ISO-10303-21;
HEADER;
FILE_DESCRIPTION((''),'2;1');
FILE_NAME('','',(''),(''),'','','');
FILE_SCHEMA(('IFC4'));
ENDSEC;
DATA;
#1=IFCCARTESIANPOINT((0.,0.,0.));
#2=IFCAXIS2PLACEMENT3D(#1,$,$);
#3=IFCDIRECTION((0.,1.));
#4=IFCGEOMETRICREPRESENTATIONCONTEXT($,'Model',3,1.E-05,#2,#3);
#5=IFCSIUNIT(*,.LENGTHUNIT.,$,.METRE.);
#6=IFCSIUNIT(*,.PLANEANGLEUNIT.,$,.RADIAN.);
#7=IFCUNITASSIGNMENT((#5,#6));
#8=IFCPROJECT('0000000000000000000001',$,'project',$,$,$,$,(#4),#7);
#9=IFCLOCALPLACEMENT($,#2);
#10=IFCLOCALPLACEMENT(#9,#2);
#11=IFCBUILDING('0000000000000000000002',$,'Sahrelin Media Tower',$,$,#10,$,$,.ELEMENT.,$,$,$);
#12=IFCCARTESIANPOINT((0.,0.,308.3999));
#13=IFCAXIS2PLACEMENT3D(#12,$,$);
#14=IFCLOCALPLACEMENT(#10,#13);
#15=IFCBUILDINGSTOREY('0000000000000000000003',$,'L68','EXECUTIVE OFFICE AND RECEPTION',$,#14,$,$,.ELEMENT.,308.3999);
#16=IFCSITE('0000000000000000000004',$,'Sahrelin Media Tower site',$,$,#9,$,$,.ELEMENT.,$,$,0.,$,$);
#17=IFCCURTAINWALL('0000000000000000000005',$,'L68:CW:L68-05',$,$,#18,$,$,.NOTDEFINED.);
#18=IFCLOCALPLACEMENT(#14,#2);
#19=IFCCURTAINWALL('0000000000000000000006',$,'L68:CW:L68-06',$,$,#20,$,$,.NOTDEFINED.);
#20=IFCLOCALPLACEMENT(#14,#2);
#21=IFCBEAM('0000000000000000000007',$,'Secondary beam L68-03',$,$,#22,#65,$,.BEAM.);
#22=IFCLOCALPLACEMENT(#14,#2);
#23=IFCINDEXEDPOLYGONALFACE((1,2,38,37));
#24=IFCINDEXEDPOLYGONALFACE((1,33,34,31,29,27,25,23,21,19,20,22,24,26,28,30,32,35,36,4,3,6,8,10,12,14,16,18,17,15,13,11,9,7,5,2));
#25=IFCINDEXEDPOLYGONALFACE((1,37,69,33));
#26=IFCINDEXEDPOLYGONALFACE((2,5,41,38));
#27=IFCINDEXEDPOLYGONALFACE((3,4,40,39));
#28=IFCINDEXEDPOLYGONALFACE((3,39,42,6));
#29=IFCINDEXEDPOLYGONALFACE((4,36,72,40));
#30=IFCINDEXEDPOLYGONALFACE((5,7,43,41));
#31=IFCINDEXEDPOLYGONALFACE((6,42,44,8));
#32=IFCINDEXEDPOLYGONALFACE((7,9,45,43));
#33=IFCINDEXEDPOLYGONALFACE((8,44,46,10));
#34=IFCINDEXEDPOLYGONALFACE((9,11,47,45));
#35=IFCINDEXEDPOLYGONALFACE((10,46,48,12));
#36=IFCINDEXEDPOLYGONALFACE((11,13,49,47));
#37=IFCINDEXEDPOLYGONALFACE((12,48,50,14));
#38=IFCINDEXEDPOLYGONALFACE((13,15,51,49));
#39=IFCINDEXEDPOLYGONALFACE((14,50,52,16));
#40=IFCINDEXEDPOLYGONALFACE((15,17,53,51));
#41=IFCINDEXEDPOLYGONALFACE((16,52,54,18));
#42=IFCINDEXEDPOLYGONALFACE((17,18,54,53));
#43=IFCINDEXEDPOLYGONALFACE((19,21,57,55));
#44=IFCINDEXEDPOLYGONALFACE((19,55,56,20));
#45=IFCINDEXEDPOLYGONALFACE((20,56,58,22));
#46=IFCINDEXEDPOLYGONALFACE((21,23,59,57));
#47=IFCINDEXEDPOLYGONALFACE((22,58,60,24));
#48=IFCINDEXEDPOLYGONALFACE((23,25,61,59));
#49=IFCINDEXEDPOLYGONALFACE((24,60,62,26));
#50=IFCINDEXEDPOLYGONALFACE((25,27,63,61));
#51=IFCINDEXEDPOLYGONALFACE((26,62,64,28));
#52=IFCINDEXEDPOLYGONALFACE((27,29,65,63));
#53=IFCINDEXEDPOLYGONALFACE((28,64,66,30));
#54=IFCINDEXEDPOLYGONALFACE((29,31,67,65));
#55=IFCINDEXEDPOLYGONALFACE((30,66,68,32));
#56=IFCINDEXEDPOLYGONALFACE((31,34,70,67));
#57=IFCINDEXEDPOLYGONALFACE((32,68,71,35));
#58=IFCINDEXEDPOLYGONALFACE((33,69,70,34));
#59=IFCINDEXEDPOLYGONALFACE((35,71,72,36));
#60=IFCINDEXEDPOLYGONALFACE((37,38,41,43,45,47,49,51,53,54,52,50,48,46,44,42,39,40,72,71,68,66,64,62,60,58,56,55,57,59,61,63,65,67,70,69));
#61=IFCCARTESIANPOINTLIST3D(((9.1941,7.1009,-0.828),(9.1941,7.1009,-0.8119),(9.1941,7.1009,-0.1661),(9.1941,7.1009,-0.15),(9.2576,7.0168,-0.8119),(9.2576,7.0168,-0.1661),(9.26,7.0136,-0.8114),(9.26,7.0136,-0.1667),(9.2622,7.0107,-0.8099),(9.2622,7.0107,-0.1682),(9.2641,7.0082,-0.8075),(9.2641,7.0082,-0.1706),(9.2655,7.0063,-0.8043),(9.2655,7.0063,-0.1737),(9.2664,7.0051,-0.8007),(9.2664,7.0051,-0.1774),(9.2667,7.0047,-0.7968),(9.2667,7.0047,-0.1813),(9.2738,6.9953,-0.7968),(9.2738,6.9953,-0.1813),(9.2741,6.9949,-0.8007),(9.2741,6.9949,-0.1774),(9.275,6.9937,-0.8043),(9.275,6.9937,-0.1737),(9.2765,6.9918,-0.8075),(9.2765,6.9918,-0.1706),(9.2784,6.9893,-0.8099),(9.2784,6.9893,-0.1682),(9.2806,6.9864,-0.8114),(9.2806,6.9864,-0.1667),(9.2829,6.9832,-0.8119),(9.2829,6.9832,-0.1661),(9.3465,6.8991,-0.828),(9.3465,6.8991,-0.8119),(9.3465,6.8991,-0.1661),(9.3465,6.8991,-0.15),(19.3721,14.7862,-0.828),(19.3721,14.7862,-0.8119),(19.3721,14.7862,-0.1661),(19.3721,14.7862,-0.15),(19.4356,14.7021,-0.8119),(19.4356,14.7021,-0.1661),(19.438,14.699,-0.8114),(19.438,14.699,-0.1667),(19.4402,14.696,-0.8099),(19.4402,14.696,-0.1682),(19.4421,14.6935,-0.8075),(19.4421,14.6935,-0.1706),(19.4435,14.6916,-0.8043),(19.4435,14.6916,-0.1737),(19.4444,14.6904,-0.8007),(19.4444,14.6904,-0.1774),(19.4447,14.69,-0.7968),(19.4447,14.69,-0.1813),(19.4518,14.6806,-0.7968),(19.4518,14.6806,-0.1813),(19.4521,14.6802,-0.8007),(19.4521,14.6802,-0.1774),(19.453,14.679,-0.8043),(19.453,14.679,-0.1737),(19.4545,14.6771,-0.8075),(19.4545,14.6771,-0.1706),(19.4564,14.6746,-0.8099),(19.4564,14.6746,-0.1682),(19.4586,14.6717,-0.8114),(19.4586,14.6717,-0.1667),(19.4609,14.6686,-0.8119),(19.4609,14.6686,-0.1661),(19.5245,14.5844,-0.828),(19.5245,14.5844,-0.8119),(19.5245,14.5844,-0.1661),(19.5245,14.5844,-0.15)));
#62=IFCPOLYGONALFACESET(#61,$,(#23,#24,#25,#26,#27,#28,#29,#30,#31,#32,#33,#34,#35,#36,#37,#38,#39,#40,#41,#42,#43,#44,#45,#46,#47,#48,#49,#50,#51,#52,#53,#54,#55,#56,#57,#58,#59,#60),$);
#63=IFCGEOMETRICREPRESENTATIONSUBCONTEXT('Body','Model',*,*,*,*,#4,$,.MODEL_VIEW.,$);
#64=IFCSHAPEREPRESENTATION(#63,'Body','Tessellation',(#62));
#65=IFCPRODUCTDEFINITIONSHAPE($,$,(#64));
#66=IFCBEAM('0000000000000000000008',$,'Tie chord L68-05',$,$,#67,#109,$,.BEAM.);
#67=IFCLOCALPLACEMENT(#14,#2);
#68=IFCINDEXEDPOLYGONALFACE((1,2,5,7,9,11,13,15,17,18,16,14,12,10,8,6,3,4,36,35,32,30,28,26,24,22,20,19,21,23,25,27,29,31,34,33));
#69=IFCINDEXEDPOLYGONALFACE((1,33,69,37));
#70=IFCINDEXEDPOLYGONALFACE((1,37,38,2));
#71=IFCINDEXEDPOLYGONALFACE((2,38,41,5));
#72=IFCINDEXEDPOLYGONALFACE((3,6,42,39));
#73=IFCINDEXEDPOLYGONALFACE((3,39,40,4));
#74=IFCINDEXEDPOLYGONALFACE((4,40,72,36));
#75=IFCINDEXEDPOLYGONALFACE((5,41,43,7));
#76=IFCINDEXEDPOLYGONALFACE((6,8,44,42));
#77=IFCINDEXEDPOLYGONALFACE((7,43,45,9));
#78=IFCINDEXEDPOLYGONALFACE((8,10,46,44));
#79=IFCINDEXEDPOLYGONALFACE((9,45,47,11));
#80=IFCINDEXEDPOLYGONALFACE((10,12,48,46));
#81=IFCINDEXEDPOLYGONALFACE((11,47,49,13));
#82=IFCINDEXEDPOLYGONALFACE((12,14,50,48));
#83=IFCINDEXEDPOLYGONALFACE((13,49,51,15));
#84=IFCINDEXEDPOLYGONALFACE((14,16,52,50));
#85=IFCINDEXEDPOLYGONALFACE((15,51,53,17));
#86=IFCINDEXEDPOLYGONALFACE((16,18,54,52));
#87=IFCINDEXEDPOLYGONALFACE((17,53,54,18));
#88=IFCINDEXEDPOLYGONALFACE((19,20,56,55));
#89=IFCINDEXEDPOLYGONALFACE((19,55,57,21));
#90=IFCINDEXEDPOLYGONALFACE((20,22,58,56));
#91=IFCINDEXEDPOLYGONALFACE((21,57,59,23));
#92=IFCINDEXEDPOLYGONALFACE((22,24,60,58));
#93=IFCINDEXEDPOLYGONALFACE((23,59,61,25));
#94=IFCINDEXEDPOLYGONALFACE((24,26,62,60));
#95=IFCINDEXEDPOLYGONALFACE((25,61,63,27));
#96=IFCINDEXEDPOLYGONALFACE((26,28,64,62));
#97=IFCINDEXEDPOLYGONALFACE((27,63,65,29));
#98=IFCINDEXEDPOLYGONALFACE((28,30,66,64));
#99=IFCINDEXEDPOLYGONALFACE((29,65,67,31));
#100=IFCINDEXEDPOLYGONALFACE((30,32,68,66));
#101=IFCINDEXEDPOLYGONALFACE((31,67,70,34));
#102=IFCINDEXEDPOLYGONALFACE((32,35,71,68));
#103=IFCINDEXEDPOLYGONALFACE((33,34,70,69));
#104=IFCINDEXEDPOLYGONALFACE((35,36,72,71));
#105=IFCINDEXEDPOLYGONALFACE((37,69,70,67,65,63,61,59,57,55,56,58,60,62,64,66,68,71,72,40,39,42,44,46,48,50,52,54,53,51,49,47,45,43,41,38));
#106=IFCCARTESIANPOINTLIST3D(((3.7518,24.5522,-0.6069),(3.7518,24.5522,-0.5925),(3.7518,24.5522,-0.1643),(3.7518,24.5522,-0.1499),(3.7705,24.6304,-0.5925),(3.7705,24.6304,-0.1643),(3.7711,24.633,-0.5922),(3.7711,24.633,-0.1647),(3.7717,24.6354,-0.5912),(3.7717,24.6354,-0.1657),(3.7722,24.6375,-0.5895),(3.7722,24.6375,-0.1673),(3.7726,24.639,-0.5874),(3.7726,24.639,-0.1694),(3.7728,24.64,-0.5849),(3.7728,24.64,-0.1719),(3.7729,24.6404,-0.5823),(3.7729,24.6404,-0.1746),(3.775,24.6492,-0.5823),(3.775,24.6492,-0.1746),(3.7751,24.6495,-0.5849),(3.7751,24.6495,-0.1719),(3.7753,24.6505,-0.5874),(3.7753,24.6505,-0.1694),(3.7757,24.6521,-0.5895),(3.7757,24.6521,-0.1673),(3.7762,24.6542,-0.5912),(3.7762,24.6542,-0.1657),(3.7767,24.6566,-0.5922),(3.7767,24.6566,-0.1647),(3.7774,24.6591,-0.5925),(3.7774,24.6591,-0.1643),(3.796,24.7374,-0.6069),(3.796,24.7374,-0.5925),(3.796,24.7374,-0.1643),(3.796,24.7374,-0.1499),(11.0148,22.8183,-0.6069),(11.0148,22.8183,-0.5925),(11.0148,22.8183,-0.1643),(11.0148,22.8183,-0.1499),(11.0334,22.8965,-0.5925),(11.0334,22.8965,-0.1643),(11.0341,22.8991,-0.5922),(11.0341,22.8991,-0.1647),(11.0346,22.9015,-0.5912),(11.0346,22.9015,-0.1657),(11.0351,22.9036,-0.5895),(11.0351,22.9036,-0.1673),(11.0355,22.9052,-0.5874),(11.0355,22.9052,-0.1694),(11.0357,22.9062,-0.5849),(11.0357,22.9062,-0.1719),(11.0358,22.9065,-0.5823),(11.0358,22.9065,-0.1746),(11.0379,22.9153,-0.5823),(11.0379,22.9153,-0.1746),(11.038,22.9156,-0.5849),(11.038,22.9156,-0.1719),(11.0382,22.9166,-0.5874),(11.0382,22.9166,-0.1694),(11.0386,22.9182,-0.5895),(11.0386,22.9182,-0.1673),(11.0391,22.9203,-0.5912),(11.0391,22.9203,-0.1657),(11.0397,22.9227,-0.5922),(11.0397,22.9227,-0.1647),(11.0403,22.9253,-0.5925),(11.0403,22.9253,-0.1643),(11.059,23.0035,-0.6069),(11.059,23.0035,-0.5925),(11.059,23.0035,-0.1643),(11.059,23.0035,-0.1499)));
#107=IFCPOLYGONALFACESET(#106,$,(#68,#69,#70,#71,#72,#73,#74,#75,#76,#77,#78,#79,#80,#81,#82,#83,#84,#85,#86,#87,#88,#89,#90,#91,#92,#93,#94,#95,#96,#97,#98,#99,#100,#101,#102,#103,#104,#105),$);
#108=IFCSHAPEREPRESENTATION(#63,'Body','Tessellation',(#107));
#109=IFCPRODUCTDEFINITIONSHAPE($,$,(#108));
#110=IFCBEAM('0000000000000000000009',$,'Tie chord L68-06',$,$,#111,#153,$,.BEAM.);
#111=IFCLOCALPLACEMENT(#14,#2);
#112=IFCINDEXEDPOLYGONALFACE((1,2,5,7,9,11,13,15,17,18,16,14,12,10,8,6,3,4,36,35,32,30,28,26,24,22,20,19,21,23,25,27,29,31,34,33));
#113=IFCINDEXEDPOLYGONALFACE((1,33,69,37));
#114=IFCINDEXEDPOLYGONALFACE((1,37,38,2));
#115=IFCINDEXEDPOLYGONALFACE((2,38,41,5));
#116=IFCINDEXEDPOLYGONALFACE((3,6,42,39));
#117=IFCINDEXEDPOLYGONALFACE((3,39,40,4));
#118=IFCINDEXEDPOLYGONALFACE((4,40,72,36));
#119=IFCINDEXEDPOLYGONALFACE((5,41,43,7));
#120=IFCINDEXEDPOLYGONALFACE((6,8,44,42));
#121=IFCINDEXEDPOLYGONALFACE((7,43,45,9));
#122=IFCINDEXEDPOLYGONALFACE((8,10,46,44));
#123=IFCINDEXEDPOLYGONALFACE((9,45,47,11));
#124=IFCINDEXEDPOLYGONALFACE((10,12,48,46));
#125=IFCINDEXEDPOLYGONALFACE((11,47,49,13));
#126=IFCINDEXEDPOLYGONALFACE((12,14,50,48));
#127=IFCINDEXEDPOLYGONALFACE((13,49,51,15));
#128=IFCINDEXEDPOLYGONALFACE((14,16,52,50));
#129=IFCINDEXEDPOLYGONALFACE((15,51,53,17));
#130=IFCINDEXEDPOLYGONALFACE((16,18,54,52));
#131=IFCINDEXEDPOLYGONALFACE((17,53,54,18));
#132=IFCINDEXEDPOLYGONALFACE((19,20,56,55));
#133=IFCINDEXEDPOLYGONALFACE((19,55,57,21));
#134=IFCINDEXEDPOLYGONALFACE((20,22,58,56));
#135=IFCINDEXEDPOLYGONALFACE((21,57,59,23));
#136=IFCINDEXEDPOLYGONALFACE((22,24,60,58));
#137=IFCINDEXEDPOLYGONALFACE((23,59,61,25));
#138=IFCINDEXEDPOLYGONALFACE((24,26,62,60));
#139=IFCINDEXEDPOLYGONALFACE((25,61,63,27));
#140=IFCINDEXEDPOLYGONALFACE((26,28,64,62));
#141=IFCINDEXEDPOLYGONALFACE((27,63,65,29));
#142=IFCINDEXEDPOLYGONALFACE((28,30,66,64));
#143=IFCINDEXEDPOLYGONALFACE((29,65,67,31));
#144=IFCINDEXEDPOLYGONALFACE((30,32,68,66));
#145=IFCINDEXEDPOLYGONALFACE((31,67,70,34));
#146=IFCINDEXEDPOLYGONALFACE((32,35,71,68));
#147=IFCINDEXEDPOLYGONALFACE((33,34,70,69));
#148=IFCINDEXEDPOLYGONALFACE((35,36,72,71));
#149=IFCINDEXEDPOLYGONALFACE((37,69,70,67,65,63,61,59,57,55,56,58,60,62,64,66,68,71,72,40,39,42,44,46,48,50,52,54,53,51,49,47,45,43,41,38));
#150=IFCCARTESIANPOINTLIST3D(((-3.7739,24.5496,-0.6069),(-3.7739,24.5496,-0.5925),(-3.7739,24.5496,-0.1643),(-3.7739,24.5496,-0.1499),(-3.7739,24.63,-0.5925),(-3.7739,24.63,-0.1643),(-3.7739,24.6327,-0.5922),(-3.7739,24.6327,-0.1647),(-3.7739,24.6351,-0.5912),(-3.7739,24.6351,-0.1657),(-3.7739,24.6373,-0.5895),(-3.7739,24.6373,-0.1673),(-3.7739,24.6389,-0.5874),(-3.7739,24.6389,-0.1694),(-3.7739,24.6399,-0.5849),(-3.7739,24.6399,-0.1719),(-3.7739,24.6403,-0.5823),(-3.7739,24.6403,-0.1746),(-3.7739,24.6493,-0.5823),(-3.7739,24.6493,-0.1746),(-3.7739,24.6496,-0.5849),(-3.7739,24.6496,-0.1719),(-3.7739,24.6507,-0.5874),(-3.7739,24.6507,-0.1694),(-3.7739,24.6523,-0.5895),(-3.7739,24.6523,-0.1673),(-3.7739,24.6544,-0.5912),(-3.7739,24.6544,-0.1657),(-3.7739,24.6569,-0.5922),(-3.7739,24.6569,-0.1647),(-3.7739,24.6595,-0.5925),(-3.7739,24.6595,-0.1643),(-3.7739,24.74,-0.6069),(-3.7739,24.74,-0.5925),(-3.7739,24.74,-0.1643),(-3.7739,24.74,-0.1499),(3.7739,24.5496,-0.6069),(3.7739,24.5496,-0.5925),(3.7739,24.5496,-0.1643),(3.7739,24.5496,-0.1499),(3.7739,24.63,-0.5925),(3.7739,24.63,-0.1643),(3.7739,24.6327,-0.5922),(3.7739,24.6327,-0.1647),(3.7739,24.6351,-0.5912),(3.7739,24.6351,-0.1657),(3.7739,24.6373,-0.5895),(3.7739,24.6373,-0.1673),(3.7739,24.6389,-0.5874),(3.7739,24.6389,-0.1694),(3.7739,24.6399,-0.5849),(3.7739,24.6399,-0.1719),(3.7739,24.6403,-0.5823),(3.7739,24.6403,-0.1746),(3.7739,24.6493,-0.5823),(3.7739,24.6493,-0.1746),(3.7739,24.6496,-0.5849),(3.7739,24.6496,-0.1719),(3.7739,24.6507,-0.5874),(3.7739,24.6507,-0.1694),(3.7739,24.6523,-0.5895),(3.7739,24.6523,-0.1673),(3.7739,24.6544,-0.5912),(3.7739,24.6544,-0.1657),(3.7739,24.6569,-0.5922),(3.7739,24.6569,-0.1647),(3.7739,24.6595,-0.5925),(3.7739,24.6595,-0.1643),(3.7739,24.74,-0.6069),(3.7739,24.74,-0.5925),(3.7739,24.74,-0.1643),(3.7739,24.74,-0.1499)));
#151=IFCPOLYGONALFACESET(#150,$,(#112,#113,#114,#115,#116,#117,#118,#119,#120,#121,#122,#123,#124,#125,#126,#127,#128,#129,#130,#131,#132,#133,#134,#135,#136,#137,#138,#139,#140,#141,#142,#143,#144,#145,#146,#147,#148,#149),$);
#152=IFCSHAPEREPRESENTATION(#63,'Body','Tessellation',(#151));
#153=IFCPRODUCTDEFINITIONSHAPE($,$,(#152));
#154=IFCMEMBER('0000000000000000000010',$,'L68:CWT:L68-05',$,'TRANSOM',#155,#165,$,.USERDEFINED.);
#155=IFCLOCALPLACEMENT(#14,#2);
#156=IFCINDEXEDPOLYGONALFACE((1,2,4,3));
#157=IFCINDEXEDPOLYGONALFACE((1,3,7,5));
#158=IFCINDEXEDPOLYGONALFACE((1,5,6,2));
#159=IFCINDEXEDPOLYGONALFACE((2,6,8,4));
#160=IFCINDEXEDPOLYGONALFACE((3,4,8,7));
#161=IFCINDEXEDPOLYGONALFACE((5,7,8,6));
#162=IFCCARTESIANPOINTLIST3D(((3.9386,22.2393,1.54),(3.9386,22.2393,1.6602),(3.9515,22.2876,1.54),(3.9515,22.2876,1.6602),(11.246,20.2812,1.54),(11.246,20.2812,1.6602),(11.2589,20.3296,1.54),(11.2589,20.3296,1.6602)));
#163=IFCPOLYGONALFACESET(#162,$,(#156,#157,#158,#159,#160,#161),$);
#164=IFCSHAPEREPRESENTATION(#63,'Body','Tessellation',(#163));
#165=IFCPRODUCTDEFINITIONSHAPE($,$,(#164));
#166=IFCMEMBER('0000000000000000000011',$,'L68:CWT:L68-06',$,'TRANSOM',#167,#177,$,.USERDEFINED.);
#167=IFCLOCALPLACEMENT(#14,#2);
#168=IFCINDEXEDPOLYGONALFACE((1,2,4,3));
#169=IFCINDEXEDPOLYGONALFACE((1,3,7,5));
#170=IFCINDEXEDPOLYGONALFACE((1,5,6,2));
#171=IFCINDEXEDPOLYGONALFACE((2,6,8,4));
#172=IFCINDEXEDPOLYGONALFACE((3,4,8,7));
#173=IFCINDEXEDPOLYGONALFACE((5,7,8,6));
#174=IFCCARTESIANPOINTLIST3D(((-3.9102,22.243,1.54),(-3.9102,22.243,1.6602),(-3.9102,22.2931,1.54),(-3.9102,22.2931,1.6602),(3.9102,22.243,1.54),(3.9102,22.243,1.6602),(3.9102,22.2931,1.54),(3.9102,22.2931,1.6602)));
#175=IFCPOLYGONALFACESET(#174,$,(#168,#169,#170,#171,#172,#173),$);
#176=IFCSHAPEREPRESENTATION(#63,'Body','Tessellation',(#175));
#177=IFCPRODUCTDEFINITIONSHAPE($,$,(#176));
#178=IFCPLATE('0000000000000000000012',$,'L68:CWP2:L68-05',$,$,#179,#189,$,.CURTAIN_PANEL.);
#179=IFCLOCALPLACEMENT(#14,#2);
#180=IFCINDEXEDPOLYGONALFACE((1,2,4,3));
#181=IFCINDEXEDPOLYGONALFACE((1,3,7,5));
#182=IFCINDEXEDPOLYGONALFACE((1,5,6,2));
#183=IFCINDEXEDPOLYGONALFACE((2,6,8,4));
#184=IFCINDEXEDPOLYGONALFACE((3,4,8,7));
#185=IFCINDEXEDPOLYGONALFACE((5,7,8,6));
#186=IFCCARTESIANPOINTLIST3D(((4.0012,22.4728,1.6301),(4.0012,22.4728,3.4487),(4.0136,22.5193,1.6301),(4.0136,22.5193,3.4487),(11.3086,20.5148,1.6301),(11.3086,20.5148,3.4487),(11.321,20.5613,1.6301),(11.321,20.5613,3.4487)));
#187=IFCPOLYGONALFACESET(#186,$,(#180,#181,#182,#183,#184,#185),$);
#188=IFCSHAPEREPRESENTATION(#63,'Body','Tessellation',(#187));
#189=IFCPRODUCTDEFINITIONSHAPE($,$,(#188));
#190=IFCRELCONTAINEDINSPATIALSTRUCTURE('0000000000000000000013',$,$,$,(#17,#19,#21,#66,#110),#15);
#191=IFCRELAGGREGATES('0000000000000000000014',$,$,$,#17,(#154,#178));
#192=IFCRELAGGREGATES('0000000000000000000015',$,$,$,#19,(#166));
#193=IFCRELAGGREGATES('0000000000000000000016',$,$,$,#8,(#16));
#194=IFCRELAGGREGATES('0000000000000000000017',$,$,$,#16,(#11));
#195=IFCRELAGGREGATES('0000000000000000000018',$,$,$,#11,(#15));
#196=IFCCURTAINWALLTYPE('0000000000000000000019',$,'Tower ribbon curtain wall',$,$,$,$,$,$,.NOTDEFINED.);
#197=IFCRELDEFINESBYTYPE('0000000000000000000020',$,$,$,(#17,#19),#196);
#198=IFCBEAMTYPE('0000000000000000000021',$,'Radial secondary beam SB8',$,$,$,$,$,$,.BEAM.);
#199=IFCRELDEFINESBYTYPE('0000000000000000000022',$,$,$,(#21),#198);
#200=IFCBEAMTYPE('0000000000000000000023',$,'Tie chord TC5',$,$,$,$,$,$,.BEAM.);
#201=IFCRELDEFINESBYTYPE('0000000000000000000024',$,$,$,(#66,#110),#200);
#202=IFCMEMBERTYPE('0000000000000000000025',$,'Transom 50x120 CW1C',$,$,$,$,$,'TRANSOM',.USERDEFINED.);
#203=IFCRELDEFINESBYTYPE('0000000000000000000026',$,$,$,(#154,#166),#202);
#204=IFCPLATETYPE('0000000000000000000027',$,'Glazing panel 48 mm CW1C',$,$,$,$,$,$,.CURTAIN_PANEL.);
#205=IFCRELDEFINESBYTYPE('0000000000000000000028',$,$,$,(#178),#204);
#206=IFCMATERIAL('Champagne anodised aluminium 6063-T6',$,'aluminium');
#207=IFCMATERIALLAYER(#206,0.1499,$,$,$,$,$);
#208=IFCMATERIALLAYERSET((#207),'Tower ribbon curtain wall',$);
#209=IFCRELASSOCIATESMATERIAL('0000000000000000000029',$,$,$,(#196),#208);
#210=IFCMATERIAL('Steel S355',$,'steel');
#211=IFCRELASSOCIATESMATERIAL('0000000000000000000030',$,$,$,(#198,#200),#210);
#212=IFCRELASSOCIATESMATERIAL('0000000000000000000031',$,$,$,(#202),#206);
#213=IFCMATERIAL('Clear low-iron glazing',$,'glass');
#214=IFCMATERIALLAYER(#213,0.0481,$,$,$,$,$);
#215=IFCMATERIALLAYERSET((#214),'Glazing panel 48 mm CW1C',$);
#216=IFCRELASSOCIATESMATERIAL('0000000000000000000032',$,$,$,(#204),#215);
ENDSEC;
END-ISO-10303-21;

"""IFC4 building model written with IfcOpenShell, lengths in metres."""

from ifc_helpers import new_model, si_unit, direction, frame, origin, origin_2d, place, context, subcontext, project, spatial, polyline, rectangle, i_section, outline, extrude, material, layer, layer_set, material_profile, profile_set, type_object, element, aggregate, save


model = new_model("IFC4")

# Units and contexts
model_context = context("Model", 3, precision=1e-05, world=origin(), true_north=direction((0.0, 1.0)))
body_context = subcontext(model_context, "Body", "Model", "MODEL_VIEW")
ifc_project = project(units=[si_unit("LENGTHUNIT", "METRE"), si_unit("PLANEANGLEUNIT", "RADIAN")], contexts=[model_context])

# Site, building, storey
site_placement = place(None, origin())
site = spatial("IfcSite", under=ifc_project, at=site_placement, Name="Sahrelin Media Tower site", CompositionType="ELEMENT", RefElevation=0.0)
building_placement = place(site_placement, origin())
building = spatial("IfcBuilding", under=site, at=building_placement, Name="Sahrelin Media Tower", CompositionType="ELEMENT")
storey_placement = place(building_placement, frame((0.0, 0.0, 308.3999)))
storey = spatial("IfcBuildingStorey", under=building, at=storey_placement, Name="L68", Description="EXECUTIVE OFFICE AND RECEPTION", CompositionType="ELEMENT", Elevation=308.3999)

# Shared definitions
ifc_material_1 = material(Name="Steel S355", Category="steel")

# Curtain walls
ifc_material_2 = material(Name="Champagne anodised aluminium 6063-T6", Category="aluminium")
ifc_layer_1 = layer(ifc_material_2, 0.1499)
ifc_layer_set_1 = layer_set([ifc_layer_1], Name="Tower ribbon curtain wall")
curtain_wall_type = type_object("IfcCurtainWallType", Name="Tower ribbon curtain wall", PredefinedType="NOTDEFINED", material=ifc_layer_set_1)
curtain_wall_1_placement = place(storey_placement, frame((7.6621, 21.521, 0.0), z_axis=(0.0, 0.0, 1.0), x_axis=(1.0, 0.0, 0.0)))
curtain_wall_1 = element("IfcCurtainWall", 1, at=curtain_wall_1_placement, inside=storey, type_object=curtain_wall_type, Name="L68:CW:L68-05", PredefinedType="NOTDEFINED")
placement_1 = place(storey_placement, frame((0.0, 22.5129, 0.0), z_axis=(0.0, 0.0, 1.0), x_axis=(1.0, 0.0, 0.0)))
curtain_wall_2 = element("IfcCurtainWall", 2, at=placement_1, inside=storey, type_object=curtain_wall_type, Name="L68:CW:L68-06", PredefinedType="NOTDEFINED")

# Beams
ifc_material_profile_1 = material_profile(ifc_material_1, i_section(OverallWidth=0.2529, OverallDepth=0.678, WebThickness=0.0117, FlangeThickness=0.0161, FilletRadius=0.0151, at=origin_2d()), Name="UB 686x254x125")
ifc_profile_set_1 = profile_set([ifc_material_profile_1], Name="Steel S355")
beam_type_1 = type_object("IfcBeamType", Name="Radial secondary beam SB8", PredefinedType="BEAM", material=ifc_profile_set_1)
beam_1_placement = place(storey_placement, frame((9.2703, 7.0, -0.489), z_axis=(0.798046, 0.602597, 0.0), x_axis=(-0.602597, 0.798046, 0.0)))
element("IfcBeam", 3, at=beam_1_placement, inside=storey, type_object=beam_type_1, Name="Secondary beam L68-03", PredefinedType="BEAM", context=body_context, shape_type="SweptSolid", body=[
    extrude(i_section(OverallWidth=0.2529, OverallDepth=0.678, WebThickness=0.0117, FlangeThickness=0.0161, FilletRadius=0.0151, at=origin_2d()), origin(), (0.0, 0.0, 1.0), 12.7537),
])
ifc_material_profile_2 = material_profile(ifc_material_1, i_section(OverallWidth=0.1904, OverallDepth=0.457, WebThickness=0.009, FlangeThickness=0.0144, FilletRadius=0.0103, at=origin_2d()), Name="UB 457x191x74")
ifc_profile_set_2 = profile_set([ifc_material_profile_2], Name="Steel S355")
beam_type_2 = type_object("IfcBeamType", Name="Tie chord TC5", PredefinedType="BEAM", material=ifc_profile_set_2)
beam_2_placement = place(storey_placement, frame((11.0369, 22.9109, -0.3784), z_axis=(-0.972667, 0.232205, 0.0), x_axis=(-0.232205, -0.972667, 0.0)))
element("IfcBeam", 4, at=beam_2_placement, inside=storey, type_object=beam_type_2, Name="Tie chord L68-05", PredefinedType="BEAM", context=body_context, shape_type="SweptSolid", body=[
    extrude(i_section(OverallWidth=0.1904, OverallDepth=0.457, WebThickness=0.009, FlangeThickness=0.0144, FilletRadius=0.0103, at=origin_2d()), origin(), (0.0, 0.0, 1.0), 7.467),
])
beam_3_placement = place(storey_placement, frame((3.7739, 24.6448, -0.3784), z_axis=(-1.0, 0.0, 0.0), x_axis=(0.0, -1.0, 0.0)))
element("IfcBeam", 5, at=beam_3_placement, inside=storey, type_object=beam_type_2, Name="Tie chord L68-06", PredefinedType="BEAM", context=body_context, shape_type="SweptSolid", body=[
    extrude(i_section(OverallWidth=0.1904, OverallDepth=0.457, WebThickness=0.009, FlangeThickness=0.0144, FilletRadius=0.0103, at=origin_2d()), origin(), (0.0, 0.0, 1.0), 7.5479),
])

# Members
ifc_material_profile_3 = material_profile(ifc_material_2, rectangle(XDim=0.05, YDim=0.1201, at=origin_2d()), Name="Transom 50x120")
ifc_profile_set_3 = profile_set([ifc_material_profile_3], Name="Champagne anodised aluminium 6063-T6")
member_type_1 = type_object("IfcMemberType", Name="Transom 50x120 CW1C", ElementType="TRANSOM", PredefinedType="USERDEFINED", material=ifc_profile_set_3)
member_1_placement = place(storey_placement, frame((11.2524, 20.3054, 1.6001), z_axis=(-0.965926, 0.258819, 0.0), x_axis=(-0.258819, -0.965926, 0.0)))
member_1 = element("IfcMember", 6, at=member_1_placement, type_object=member_type_1, Name="L68:CWT:L68-05", ObjectType="TRANSOM", PredefinedType="USERDEFINED", context=body_context, shape_type="SweptSolid", body=[
    extrude(rectangle(XDim=0.05, YDim=0.1201, at=origin_2d()), origin(), (0.0, 0.0, 1.0), 7.5652),
])
member_2_placement = place(storey_placement, frame((3.9102, 22.2681, 1.6001), z_axis=(-1.0, 0.0, 0.0), x_axis=(0.0, -1.0, 0.0)))
member_2 = element("IfcMember", 7, at=member_2_placement, type_object=member_type_1, Name="L68:CWT:L68-06", ObjectType="TRANSOM", PredefinedType="USERDEFINED", context=body_context, shape_type="SweptSolid", body=[
    extrude(rectangle(XDim=0.05, YDim=0.1201, at=origin_2d()), origin(), (0.0, 0.0, 1.0), 7.8203),
])

# Plate
ifc_material_3 = material(Name="Clear low-iron glazing", Category="glass")
ifc_layer_2 = layer(ifc_material_3, 0.0481)
ifc_layer_set_2 = layer_set([ifc_layer_2], Name="Glazing panel 48 mm CW1C")
plate_type_1 = type_object("IfcPlateType", Name="Glazing panel 48 mm CW1C", PredefinedType="CURTAIN_PANEL", material=ifc_layer_set_2)
plate_1_placement = place(storey_placement, frame((11.321, 20.5613, 1.6301), z_axis=(0.258819, 0.965926, 0.0), x_axis=(-0.965926, 0.258819, 0.0)))
plate_1 = element("IfcPlate", 8, at=plate_1_placement, type_object=plate_type_1, Name="L68:CWP2:L68-05", PredefinedType="CURTAIN_PANEL", context=body_context, shape_type="SweptSolid", body=[
    extrude(outline(polyline([(0.0, 0.0), (7.5652, 0.0), (7.5652, 1.8186), (0.0, 1.8186), (0.0, 0.0)])), origin(), (0.0, 0.0, -1.0), 0.0481),
])
aggregate(curtain_wall_1, [member_1, plate_1])
aggregate(curtain_wall_2, [member_2])

save(model, "model.ifc")
